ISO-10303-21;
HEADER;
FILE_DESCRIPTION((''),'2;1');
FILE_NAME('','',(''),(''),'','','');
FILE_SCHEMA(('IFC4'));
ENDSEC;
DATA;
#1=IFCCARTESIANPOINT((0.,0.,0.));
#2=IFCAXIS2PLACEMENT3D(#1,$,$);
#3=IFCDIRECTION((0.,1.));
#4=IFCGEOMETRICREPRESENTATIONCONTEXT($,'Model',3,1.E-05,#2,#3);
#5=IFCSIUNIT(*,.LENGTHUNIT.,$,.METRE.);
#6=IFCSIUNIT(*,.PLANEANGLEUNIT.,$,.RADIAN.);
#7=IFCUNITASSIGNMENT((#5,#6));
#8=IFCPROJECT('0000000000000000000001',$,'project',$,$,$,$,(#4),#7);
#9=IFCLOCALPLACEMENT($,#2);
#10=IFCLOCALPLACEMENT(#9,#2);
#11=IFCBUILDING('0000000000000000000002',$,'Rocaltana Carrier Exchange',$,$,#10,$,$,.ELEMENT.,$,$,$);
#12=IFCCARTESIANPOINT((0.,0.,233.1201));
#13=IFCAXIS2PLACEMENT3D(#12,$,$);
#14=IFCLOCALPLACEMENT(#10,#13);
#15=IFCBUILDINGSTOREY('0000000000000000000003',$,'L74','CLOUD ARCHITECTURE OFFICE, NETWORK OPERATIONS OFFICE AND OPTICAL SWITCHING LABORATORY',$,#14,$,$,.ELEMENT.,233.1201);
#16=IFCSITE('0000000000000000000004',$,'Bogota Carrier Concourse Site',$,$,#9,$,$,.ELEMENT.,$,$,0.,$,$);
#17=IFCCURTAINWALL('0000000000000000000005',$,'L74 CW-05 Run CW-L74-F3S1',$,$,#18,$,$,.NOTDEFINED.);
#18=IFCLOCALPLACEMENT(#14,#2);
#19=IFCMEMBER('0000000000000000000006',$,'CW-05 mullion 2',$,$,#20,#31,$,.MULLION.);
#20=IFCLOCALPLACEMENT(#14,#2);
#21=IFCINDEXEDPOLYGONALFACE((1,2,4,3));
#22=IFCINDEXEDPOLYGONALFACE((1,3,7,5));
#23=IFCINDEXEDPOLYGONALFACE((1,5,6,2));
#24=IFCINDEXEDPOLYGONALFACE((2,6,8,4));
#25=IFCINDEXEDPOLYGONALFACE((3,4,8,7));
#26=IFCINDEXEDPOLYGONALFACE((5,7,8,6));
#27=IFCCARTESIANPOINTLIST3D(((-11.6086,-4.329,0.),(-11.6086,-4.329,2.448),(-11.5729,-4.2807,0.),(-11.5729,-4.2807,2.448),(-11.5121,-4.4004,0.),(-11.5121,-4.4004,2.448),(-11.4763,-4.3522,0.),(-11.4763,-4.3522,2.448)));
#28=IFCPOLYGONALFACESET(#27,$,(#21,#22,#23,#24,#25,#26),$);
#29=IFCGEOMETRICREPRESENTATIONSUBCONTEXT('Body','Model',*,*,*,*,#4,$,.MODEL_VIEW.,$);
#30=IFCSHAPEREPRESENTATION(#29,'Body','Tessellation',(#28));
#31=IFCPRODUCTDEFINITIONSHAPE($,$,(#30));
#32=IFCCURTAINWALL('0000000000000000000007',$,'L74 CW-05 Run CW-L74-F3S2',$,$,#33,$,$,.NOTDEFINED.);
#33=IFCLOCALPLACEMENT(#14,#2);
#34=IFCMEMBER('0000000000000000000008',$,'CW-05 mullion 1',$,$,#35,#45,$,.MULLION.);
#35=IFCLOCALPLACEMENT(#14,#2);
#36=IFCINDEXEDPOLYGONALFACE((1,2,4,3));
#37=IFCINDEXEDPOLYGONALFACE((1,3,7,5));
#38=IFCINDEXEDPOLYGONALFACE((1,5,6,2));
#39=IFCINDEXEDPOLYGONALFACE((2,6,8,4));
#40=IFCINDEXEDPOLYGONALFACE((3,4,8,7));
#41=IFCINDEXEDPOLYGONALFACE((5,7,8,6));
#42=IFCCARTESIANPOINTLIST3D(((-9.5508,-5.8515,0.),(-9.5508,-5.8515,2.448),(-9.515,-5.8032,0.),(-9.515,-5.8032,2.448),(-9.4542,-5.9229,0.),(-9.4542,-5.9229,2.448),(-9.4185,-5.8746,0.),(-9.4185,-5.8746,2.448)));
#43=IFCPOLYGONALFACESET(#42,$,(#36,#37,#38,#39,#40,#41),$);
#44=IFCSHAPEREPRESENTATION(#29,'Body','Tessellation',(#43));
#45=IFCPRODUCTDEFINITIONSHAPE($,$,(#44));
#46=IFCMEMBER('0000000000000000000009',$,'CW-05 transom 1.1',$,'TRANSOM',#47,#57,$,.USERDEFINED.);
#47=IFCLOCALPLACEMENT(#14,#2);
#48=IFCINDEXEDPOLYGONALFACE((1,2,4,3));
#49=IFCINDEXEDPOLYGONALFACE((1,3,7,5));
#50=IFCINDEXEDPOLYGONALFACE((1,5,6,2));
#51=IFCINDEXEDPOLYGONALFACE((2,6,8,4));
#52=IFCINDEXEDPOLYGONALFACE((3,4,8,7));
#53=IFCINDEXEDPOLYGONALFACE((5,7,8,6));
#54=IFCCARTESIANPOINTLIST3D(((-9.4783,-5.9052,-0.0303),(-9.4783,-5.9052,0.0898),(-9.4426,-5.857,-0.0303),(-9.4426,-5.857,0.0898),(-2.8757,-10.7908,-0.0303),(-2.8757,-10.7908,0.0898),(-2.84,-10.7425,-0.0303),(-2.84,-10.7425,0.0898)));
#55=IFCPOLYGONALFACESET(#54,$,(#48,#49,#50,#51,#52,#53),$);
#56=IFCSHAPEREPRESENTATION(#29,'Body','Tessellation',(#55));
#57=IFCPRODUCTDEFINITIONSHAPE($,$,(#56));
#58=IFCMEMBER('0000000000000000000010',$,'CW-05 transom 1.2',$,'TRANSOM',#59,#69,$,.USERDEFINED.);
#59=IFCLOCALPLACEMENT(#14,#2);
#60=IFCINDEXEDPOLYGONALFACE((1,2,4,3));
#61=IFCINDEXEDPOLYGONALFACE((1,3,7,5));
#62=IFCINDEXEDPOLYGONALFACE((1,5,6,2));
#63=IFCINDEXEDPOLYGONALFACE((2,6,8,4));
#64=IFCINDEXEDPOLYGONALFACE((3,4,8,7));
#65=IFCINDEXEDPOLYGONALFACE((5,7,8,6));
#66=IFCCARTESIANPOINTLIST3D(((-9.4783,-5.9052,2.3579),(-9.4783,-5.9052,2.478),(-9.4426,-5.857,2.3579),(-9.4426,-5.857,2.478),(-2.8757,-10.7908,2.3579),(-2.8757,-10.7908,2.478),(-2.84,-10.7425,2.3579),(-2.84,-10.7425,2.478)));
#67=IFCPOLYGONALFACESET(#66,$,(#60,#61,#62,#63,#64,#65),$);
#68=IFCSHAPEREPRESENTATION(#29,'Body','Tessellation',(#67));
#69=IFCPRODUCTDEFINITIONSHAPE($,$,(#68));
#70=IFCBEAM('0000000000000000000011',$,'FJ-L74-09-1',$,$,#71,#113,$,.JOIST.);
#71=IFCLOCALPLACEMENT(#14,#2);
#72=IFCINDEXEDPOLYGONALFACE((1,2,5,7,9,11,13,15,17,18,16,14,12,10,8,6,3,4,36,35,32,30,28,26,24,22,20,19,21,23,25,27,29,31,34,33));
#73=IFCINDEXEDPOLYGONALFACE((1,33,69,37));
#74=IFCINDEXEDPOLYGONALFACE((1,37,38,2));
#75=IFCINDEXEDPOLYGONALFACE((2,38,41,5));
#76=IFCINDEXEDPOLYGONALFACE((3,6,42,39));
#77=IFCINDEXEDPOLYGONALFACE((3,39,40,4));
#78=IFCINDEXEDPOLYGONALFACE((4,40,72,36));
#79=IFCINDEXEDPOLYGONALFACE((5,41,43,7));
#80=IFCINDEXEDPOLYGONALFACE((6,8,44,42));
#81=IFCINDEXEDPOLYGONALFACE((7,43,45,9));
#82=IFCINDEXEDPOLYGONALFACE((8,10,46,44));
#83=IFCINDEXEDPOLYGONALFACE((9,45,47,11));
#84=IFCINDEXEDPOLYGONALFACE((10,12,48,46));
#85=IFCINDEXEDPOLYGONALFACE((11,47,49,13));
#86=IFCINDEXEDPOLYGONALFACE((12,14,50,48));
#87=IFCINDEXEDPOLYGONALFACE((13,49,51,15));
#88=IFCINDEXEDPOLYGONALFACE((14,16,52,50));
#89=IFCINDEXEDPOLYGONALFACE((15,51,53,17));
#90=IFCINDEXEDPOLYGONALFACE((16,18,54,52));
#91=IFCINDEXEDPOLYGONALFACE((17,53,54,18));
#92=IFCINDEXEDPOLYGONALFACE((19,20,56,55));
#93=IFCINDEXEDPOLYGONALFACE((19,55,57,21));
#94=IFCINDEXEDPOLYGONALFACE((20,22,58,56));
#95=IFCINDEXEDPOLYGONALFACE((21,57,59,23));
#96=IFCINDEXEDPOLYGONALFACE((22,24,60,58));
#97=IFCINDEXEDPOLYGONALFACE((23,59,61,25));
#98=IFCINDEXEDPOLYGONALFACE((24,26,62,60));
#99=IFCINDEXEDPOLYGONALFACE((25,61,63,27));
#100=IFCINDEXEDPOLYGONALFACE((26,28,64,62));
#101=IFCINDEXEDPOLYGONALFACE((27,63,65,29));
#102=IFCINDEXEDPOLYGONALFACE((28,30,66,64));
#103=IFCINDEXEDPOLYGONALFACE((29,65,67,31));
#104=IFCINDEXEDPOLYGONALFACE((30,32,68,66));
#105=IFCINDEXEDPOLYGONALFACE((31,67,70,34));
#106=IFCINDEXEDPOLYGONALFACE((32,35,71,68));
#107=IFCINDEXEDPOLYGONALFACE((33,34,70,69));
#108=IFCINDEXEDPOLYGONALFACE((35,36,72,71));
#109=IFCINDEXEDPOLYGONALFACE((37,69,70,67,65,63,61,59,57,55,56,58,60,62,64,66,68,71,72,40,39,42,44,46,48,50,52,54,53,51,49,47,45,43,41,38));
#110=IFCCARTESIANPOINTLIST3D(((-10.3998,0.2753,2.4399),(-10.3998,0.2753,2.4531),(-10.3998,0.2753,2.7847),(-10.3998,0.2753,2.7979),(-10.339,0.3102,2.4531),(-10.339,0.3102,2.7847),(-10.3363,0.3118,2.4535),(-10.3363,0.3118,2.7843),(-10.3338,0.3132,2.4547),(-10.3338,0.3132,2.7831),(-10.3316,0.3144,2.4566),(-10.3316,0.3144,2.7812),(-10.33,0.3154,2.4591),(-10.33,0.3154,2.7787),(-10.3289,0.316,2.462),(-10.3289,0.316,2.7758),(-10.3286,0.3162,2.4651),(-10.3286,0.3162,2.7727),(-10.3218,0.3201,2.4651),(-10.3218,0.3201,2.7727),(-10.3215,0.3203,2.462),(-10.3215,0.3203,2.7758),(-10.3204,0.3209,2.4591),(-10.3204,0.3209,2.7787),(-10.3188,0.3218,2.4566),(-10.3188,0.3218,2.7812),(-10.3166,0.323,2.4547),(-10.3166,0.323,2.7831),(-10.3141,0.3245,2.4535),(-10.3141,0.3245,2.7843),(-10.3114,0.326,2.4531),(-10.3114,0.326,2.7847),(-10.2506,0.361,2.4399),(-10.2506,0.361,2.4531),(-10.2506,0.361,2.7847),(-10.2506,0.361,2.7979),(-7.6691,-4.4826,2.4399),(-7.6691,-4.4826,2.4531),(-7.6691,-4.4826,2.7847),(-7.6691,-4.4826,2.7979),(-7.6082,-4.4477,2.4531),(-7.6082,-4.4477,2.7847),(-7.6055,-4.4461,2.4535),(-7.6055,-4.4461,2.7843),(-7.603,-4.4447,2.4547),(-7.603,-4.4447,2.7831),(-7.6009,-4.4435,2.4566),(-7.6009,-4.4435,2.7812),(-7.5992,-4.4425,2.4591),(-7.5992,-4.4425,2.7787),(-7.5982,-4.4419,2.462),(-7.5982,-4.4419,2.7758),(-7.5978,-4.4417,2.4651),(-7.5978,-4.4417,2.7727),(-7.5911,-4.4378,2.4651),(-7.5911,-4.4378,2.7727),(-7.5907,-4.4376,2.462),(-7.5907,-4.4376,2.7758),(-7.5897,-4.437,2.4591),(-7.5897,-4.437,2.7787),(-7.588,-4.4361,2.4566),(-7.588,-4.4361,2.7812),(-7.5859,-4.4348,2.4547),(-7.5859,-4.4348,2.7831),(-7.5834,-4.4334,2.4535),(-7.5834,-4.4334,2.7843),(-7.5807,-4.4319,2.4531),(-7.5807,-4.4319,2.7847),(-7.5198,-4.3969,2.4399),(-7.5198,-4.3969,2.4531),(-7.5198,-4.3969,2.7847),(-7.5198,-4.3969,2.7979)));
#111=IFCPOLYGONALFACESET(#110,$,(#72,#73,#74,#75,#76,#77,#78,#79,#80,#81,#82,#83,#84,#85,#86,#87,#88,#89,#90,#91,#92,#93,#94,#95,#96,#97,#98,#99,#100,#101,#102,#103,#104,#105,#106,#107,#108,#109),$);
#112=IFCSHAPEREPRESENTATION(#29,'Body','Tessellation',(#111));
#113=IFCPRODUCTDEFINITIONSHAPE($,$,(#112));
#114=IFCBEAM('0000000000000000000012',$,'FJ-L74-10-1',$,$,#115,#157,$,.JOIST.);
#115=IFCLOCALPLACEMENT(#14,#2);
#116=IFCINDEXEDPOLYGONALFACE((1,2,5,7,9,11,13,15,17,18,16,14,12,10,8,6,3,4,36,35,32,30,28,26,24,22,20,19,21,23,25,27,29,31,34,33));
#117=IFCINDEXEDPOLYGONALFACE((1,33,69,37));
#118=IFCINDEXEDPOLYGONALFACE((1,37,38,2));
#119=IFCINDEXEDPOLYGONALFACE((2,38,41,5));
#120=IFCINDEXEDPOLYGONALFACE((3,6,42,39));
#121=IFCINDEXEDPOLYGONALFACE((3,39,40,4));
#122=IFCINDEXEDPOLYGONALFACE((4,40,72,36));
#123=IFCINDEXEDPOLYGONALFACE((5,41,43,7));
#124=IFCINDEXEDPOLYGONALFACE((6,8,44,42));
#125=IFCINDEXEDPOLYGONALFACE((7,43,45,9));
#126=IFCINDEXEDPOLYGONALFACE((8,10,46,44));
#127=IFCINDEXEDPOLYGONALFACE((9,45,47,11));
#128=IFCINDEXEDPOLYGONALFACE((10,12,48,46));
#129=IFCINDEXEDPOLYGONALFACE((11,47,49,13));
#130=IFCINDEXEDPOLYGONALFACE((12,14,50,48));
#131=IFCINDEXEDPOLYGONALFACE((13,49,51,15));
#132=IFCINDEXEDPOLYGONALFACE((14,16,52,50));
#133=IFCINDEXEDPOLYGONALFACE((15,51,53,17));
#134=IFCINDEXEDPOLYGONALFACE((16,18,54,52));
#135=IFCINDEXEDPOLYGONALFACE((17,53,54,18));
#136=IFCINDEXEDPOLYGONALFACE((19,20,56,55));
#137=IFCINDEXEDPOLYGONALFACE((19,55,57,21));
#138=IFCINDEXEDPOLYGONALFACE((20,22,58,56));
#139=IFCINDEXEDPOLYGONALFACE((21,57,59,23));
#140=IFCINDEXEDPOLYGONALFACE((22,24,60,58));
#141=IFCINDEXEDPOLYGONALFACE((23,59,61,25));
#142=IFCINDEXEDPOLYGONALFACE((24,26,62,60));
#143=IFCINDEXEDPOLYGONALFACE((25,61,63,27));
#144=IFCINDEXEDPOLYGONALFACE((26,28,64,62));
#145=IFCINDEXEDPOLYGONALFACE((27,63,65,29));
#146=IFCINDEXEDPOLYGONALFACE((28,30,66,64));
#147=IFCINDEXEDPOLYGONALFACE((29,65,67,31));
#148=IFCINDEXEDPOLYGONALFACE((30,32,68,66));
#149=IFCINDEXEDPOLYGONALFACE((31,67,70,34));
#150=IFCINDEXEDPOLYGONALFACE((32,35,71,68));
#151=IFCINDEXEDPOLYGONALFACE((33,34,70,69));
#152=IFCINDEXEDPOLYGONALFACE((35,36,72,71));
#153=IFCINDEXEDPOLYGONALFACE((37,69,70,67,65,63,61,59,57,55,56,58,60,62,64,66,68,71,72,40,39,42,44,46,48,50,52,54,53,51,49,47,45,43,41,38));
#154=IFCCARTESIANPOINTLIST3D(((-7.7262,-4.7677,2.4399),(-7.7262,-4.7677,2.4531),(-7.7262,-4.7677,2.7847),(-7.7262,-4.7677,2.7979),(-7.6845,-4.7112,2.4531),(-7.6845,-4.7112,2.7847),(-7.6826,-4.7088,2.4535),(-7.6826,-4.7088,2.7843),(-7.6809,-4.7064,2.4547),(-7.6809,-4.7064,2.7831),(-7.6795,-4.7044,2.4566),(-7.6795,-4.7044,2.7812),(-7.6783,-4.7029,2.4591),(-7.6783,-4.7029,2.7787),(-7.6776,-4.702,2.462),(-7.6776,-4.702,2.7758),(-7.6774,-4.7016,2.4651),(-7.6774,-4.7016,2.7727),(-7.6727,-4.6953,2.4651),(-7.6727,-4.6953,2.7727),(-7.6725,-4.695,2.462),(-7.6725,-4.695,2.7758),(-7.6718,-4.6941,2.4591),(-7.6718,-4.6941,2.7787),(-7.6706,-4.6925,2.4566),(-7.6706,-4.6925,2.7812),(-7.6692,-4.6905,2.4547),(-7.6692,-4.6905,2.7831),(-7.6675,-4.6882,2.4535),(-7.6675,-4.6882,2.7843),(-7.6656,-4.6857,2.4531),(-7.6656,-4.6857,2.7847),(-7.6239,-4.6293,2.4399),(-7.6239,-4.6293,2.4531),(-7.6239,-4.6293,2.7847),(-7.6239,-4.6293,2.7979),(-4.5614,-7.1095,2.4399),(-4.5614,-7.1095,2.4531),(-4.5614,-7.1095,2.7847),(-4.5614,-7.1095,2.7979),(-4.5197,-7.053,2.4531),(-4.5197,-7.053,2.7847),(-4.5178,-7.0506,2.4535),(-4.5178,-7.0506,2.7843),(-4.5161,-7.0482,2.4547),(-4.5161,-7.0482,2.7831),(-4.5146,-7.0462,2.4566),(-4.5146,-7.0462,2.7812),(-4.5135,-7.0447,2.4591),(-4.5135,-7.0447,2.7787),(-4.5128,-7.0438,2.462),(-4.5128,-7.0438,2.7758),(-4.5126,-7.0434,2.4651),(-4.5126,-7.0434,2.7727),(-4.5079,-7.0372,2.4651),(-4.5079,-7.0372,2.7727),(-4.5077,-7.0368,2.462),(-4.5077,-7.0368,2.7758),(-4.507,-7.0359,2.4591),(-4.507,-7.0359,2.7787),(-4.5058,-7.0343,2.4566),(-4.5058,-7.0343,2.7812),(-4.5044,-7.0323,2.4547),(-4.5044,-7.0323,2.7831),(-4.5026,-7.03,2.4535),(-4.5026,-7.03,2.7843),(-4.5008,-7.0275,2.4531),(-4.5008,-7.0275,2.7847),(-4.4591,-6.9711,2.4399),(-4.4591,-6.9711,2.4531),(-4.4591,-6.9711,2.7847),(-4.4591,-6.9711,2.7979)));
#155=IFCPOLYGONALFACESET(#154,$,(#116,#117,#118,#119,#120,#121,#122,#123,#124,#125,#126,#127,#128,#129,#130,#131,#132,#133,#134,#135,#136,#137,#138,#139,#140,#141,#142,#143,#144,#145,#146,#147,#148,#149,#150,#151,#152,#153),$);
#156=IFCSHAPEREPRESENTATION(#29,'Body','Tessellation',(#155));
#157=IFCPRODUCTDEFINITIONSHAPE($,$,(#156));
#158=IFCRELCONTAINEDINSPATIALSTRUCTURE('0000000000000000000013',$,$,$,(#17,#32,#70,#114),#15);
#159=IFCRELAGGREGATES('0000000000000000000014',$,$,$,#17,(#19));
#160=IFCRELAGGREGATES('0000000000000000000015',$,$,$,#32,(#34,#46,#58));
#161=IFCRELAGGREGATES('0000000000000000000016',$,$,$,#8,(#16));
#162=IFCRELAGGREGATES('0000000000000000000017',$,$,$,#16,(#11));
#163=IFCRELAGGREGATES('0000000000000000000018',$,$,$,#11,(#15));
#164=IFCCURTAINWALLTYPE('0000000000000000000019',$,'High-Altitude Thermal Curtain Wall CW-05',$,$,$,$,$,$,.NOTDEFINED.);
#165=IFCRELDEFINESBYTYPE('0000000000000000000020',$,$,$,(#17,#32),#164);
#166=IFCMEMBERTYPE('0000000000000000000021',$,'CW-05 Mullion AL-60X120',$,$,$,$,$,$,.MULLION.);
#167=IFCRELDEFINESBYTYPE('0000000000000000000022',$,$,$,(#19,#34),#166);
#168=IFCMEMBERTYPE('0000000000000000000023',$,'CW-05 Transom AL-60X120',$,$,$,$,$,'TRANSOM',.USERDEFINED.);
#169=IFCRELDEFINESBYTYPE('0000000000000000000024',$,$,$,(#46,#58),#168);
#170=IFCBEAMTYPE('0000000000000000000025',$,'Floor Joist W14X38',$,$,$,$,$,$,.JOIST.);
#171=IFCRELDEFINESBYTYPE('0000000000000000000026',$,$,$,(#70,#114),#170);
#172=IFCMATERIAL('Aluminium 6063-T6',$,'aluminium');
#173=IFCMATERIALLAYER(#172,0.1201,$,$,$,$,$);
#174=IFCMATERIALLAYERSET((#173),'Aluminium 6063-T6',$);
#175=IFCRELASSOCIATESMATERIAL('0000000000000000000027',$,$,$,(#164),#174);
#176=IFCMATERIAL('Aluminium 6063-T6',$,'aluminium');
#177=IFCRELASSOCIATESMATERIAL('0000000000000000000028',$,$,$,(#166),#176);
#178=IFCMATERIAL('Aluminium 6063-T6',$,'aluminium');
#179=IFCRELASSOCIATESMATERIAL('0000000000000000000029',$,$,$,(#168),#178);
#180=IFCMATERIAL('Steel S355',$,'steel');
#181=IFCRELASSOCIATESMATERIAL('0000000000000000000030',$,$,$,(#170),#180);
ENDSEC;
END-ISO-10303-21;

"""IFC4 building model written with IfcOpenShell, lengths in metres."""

from ifc_helpers import new_model, si_unit, direction, frame, origin, origin_2d, place, context, subcontext, project, spatial, rectangle, i_section, extrude, material, layer, layer_set, material_profile, profile_set, type_object, element, aggregate, save


model = new_model("IFC4")

# Units and contexts
model_context = context("Model", 3, precision=1e-05, world=origin(), true_north=direction((0.0, 1.0)))
body_context = subcontext(model_context, "Body", "Model", "MODEL_VIEW")
ifc_project = project(units=[si_unit("LENGTHUNIT", "METRE"), si_unit("PLANEANGLEUNIT", "RADIAN")], contexts=[model_context])

# Site, building, storey
site_placement = place(None, origin())
site = spatial("IfcSite", under=ifc_project, at=site_placement, Name="Bogota Carrier Concourse Site", CompositionType="ELEMENT", RefElevation=0.0)
building_placement = place(site_placement, origin())
building = spatial("IfcBuilding", under=site, at=building_placement, Name="Rocaltana Carrier Exchange", CompositionType="ELEMENT")
storey_placement = place(building_placement, frame((0.0, 0.0, 233.1201)))
storey = spatial("IfcBuildingStorey", under=building, at=storey_placement, Name="L74", Description="CLOUD ARCHITECTURE OFFICE, NETWORK OPERATIONS OFFICE AND OPTICAL SWITCHING LABORATORY", CompositionType="ELEMENT", Elevation=233.1201)

# Curtain wall, member
ifc_material_1 = material(Name="Aluminium 6063-T6", Category="aluminium")
ifc_layer_1 = layer(ifc_material_1, 0.1201)
ifc_layer_set_1 = layer_set([ifc_layer_1], Name="Aluminium 6063-T6")
curtain_wall_type = type_object("IfcCurtainWallType", Name="High-Altitude Thermal Curtain Wall CW-05", PredefinedType="NOTDEFINED", material=ifc_layer_set_1)
curtain_wall_1_placement = place(storey_placement, origin())
curtain_wall_1 = element("IfcCurtainWall", 1, at=curtain_wall_1_placement, inside=storey, type_object=curtain_wall_type, Name="L74 CW-05 Run CW-L74-F3S1", PredefinedType="NOTDEFINED")
ifc_material_2 = material(Name="Aluminium 6063-T6", Category="aluminium")
ifc_material_profile_1 = material_profile(ifc_material_2, rectangle(XDim=0.0601, YDim=0.1201, at=origin_2d()), Name="AL-60X120")
ifc_profile_set_1 = profile_set([ifc_material_profile_1], Name="Aluminium 6063-T6")
member_type_1 = type_object("IfcMemberType", Name="CW-05 Mullion AL-60X120", PredefinedType="MULLION", material=ifc_profile_set_1)
member_1_placement = place(storey_placement, frame((-11.5425, -4.3406, 0.0), z_axis=(0.0, 0.0, 1.0), x_axis=(0.594827, 0.803854, 0.0)))
member_1 = element("IfcMember", 2, at=member_1_placement, type_object=member_type_1, Name="CW-05 mullion 2", PredefinedType="MULLION", context=body_context, shape_type="SweptSolid", body=[
    extrude(rectangle(XDim=0.0601, YDim=0.1201, at=origin_2d()), origin(), (0.0, 0.0, 1.0), 2.448),
])

# Curtain wall, members
curtain_wall_2_placement = place(storey_placement, origin())
curtain_wall_2 = element("IfcCurtainWall", 3, at=curtain_wall_2_placement, inside=storey, type_object=curtain_wall_type, Name="L74 CW-05 Run CW-L74-F3S2", PredefinedType="NOTDEFINED")
member_2_placement = place(storey_placement, frame((-9.4846, -5.863, 0.0), z_axis=(0.0, 0.0, 1.0), x_axis=(0.594821, 0.803858, 0.0)))
member_2 = element("IfcMember", 4, at=member_2_placement, type_object=member_type_1, Name="CW-05 mullion 1", PredefinedType="MULLION", context=body_context, shape_type="SweptSolid", body=[
    extrude(rectangle(XDim=0.0601, YDim=0.1201, at=origin_2d()), origin(), (0.0, 0.0, 1.0), 2.448),
])
ifc_material_3 = material(Name="Aluminium 6063-T6", Category="aluminium")
ifc_material_profile_2 = material_profile(ifc_material_3, rectangle(XDim=0.0601, YDim=0.1201, at=origin_2d()), Name="AL-60X120")
ifc_profile_set_2 = profile_set([ifc_material_profile_2], Name="Aluminium 6063-T6")
member_type_2 = type_object("IfcMemberType", Name="CW-05 Transom AL-60X120", ElementType="TRANSOM", PredefinedType="USERDEFINED", material=ifc_profile_set_2)
member_3_placement = place(storey_placement, frame((-9.4604, -5.8811, 0.0298), z_axis=(0.803864, -0.594813, 0.0), x_axis=(0.594813, 0.803864, 0.0)))
member_3 = element("IfcMember", 5, at=member_3_placement, type_object=member_type_2, Name="CW-05 transom 1.1", ObjectType="TRANSOM", PredefinedType="USERDEFINED", context=body_context, shape_type="SweptSolid", body=[
    extrude(rectangle(XDim=0.0601, YDim=0.1201, at=origin_2d()), origin(), (0.0, 0.0, 1.0), 8.2136),
])
member_4_placement = place(storey_placement, frame((-9.4604, -5.8811, 2.418), z_axis=(0.803864, -0.594813, 0.0), x_axis=(0.594813, 0.803864, 0.0)))
member_4 = element("IfcMember", 6, at=member_4_placement, type_object=member_type_2, Name="CW-05 transom 1.2", ObjectType="TRANSOM", PredefinedType="USERDEFINED", context=body_context, shape_type="SweptSolid", body=[
    extrude(rectangle(XDim=0.0601, YDim=0.1201, at=origin_2d()), origin(), (0.0, 0.0, 1.0), 8.2136),
])

# Beams
ifc_material_4 = material(Name="Steel S355", Category="steel")
ifc_material_profile_3 = material_profile(ifc_material_4, i_section(OverallWidth=0.1721, OverallDepth=0.3579, WebThickness=0.0078, FlangeThickness=0.0132, FilletRadius=0.012, at=origin_2d()), Name="W14X38")
ifc_profile_set_3 = profile_set([ifc_material_profile_3], Name="Steel S355")
beam_type_1 = type_object("IfcBeamType", Name="Floor Joist W14X38", PredefinedType="JOIST", material=ifc_profile_set_3)
beam_1_placement = place(storey_placement, frame((-10.3252, 0.3181, 2.6189), z_axis=(0.497782, -0.867302, 0.0), x_axis=(0.867302, 0.497782, 0.0)))
element("IfcBeam", 7, at=beam_1_placement, inside=storey, type_object=beam_type_1, Name="FJ-L74-09-1", PredefinedType="JOIST", context=body_context, shape_type="SweptSolid", body=[
    extrude(i_section(OverallWidth=0.1721, OverallDepth=0.3579, WebThickness=0.0078, FlangeThickness=0.0132, FilletRadius=0.012, at=origin_2d()), origin(), (0.0, 0.0, 1.0), 5.4858),
])
beam_2_placement = place(storey_placement, frame((-7.675, -4.6985, 2.6189), z_axis=(0.80386, -0.594818, 0.0), x_axis=(0.594818, 0.80386, 0.0)))
element("IfcBeam", 8, at=beam_2_placement, inside=storey, type_object=beam_type_1, Name="FJ-L74-10-1", PredefinedType="JOIST", context=body_context, shape_type="SweptSolid", body=[
    extrude(i_section(OverallWidth=0.1721, OverallDepth=0.3579, WebThickness=0.0078, FlangeThickness=0.0132, FilletRadius=0.012, at=origin_2d()), origin(), (0.0, 0.0, 1.0), 3.937),
])

aggregate(curtain_wall_1, [member_1])
aggregate(curtain_wall_2, [member_2, member_3, member_4])

save(model, "model.ifc")
